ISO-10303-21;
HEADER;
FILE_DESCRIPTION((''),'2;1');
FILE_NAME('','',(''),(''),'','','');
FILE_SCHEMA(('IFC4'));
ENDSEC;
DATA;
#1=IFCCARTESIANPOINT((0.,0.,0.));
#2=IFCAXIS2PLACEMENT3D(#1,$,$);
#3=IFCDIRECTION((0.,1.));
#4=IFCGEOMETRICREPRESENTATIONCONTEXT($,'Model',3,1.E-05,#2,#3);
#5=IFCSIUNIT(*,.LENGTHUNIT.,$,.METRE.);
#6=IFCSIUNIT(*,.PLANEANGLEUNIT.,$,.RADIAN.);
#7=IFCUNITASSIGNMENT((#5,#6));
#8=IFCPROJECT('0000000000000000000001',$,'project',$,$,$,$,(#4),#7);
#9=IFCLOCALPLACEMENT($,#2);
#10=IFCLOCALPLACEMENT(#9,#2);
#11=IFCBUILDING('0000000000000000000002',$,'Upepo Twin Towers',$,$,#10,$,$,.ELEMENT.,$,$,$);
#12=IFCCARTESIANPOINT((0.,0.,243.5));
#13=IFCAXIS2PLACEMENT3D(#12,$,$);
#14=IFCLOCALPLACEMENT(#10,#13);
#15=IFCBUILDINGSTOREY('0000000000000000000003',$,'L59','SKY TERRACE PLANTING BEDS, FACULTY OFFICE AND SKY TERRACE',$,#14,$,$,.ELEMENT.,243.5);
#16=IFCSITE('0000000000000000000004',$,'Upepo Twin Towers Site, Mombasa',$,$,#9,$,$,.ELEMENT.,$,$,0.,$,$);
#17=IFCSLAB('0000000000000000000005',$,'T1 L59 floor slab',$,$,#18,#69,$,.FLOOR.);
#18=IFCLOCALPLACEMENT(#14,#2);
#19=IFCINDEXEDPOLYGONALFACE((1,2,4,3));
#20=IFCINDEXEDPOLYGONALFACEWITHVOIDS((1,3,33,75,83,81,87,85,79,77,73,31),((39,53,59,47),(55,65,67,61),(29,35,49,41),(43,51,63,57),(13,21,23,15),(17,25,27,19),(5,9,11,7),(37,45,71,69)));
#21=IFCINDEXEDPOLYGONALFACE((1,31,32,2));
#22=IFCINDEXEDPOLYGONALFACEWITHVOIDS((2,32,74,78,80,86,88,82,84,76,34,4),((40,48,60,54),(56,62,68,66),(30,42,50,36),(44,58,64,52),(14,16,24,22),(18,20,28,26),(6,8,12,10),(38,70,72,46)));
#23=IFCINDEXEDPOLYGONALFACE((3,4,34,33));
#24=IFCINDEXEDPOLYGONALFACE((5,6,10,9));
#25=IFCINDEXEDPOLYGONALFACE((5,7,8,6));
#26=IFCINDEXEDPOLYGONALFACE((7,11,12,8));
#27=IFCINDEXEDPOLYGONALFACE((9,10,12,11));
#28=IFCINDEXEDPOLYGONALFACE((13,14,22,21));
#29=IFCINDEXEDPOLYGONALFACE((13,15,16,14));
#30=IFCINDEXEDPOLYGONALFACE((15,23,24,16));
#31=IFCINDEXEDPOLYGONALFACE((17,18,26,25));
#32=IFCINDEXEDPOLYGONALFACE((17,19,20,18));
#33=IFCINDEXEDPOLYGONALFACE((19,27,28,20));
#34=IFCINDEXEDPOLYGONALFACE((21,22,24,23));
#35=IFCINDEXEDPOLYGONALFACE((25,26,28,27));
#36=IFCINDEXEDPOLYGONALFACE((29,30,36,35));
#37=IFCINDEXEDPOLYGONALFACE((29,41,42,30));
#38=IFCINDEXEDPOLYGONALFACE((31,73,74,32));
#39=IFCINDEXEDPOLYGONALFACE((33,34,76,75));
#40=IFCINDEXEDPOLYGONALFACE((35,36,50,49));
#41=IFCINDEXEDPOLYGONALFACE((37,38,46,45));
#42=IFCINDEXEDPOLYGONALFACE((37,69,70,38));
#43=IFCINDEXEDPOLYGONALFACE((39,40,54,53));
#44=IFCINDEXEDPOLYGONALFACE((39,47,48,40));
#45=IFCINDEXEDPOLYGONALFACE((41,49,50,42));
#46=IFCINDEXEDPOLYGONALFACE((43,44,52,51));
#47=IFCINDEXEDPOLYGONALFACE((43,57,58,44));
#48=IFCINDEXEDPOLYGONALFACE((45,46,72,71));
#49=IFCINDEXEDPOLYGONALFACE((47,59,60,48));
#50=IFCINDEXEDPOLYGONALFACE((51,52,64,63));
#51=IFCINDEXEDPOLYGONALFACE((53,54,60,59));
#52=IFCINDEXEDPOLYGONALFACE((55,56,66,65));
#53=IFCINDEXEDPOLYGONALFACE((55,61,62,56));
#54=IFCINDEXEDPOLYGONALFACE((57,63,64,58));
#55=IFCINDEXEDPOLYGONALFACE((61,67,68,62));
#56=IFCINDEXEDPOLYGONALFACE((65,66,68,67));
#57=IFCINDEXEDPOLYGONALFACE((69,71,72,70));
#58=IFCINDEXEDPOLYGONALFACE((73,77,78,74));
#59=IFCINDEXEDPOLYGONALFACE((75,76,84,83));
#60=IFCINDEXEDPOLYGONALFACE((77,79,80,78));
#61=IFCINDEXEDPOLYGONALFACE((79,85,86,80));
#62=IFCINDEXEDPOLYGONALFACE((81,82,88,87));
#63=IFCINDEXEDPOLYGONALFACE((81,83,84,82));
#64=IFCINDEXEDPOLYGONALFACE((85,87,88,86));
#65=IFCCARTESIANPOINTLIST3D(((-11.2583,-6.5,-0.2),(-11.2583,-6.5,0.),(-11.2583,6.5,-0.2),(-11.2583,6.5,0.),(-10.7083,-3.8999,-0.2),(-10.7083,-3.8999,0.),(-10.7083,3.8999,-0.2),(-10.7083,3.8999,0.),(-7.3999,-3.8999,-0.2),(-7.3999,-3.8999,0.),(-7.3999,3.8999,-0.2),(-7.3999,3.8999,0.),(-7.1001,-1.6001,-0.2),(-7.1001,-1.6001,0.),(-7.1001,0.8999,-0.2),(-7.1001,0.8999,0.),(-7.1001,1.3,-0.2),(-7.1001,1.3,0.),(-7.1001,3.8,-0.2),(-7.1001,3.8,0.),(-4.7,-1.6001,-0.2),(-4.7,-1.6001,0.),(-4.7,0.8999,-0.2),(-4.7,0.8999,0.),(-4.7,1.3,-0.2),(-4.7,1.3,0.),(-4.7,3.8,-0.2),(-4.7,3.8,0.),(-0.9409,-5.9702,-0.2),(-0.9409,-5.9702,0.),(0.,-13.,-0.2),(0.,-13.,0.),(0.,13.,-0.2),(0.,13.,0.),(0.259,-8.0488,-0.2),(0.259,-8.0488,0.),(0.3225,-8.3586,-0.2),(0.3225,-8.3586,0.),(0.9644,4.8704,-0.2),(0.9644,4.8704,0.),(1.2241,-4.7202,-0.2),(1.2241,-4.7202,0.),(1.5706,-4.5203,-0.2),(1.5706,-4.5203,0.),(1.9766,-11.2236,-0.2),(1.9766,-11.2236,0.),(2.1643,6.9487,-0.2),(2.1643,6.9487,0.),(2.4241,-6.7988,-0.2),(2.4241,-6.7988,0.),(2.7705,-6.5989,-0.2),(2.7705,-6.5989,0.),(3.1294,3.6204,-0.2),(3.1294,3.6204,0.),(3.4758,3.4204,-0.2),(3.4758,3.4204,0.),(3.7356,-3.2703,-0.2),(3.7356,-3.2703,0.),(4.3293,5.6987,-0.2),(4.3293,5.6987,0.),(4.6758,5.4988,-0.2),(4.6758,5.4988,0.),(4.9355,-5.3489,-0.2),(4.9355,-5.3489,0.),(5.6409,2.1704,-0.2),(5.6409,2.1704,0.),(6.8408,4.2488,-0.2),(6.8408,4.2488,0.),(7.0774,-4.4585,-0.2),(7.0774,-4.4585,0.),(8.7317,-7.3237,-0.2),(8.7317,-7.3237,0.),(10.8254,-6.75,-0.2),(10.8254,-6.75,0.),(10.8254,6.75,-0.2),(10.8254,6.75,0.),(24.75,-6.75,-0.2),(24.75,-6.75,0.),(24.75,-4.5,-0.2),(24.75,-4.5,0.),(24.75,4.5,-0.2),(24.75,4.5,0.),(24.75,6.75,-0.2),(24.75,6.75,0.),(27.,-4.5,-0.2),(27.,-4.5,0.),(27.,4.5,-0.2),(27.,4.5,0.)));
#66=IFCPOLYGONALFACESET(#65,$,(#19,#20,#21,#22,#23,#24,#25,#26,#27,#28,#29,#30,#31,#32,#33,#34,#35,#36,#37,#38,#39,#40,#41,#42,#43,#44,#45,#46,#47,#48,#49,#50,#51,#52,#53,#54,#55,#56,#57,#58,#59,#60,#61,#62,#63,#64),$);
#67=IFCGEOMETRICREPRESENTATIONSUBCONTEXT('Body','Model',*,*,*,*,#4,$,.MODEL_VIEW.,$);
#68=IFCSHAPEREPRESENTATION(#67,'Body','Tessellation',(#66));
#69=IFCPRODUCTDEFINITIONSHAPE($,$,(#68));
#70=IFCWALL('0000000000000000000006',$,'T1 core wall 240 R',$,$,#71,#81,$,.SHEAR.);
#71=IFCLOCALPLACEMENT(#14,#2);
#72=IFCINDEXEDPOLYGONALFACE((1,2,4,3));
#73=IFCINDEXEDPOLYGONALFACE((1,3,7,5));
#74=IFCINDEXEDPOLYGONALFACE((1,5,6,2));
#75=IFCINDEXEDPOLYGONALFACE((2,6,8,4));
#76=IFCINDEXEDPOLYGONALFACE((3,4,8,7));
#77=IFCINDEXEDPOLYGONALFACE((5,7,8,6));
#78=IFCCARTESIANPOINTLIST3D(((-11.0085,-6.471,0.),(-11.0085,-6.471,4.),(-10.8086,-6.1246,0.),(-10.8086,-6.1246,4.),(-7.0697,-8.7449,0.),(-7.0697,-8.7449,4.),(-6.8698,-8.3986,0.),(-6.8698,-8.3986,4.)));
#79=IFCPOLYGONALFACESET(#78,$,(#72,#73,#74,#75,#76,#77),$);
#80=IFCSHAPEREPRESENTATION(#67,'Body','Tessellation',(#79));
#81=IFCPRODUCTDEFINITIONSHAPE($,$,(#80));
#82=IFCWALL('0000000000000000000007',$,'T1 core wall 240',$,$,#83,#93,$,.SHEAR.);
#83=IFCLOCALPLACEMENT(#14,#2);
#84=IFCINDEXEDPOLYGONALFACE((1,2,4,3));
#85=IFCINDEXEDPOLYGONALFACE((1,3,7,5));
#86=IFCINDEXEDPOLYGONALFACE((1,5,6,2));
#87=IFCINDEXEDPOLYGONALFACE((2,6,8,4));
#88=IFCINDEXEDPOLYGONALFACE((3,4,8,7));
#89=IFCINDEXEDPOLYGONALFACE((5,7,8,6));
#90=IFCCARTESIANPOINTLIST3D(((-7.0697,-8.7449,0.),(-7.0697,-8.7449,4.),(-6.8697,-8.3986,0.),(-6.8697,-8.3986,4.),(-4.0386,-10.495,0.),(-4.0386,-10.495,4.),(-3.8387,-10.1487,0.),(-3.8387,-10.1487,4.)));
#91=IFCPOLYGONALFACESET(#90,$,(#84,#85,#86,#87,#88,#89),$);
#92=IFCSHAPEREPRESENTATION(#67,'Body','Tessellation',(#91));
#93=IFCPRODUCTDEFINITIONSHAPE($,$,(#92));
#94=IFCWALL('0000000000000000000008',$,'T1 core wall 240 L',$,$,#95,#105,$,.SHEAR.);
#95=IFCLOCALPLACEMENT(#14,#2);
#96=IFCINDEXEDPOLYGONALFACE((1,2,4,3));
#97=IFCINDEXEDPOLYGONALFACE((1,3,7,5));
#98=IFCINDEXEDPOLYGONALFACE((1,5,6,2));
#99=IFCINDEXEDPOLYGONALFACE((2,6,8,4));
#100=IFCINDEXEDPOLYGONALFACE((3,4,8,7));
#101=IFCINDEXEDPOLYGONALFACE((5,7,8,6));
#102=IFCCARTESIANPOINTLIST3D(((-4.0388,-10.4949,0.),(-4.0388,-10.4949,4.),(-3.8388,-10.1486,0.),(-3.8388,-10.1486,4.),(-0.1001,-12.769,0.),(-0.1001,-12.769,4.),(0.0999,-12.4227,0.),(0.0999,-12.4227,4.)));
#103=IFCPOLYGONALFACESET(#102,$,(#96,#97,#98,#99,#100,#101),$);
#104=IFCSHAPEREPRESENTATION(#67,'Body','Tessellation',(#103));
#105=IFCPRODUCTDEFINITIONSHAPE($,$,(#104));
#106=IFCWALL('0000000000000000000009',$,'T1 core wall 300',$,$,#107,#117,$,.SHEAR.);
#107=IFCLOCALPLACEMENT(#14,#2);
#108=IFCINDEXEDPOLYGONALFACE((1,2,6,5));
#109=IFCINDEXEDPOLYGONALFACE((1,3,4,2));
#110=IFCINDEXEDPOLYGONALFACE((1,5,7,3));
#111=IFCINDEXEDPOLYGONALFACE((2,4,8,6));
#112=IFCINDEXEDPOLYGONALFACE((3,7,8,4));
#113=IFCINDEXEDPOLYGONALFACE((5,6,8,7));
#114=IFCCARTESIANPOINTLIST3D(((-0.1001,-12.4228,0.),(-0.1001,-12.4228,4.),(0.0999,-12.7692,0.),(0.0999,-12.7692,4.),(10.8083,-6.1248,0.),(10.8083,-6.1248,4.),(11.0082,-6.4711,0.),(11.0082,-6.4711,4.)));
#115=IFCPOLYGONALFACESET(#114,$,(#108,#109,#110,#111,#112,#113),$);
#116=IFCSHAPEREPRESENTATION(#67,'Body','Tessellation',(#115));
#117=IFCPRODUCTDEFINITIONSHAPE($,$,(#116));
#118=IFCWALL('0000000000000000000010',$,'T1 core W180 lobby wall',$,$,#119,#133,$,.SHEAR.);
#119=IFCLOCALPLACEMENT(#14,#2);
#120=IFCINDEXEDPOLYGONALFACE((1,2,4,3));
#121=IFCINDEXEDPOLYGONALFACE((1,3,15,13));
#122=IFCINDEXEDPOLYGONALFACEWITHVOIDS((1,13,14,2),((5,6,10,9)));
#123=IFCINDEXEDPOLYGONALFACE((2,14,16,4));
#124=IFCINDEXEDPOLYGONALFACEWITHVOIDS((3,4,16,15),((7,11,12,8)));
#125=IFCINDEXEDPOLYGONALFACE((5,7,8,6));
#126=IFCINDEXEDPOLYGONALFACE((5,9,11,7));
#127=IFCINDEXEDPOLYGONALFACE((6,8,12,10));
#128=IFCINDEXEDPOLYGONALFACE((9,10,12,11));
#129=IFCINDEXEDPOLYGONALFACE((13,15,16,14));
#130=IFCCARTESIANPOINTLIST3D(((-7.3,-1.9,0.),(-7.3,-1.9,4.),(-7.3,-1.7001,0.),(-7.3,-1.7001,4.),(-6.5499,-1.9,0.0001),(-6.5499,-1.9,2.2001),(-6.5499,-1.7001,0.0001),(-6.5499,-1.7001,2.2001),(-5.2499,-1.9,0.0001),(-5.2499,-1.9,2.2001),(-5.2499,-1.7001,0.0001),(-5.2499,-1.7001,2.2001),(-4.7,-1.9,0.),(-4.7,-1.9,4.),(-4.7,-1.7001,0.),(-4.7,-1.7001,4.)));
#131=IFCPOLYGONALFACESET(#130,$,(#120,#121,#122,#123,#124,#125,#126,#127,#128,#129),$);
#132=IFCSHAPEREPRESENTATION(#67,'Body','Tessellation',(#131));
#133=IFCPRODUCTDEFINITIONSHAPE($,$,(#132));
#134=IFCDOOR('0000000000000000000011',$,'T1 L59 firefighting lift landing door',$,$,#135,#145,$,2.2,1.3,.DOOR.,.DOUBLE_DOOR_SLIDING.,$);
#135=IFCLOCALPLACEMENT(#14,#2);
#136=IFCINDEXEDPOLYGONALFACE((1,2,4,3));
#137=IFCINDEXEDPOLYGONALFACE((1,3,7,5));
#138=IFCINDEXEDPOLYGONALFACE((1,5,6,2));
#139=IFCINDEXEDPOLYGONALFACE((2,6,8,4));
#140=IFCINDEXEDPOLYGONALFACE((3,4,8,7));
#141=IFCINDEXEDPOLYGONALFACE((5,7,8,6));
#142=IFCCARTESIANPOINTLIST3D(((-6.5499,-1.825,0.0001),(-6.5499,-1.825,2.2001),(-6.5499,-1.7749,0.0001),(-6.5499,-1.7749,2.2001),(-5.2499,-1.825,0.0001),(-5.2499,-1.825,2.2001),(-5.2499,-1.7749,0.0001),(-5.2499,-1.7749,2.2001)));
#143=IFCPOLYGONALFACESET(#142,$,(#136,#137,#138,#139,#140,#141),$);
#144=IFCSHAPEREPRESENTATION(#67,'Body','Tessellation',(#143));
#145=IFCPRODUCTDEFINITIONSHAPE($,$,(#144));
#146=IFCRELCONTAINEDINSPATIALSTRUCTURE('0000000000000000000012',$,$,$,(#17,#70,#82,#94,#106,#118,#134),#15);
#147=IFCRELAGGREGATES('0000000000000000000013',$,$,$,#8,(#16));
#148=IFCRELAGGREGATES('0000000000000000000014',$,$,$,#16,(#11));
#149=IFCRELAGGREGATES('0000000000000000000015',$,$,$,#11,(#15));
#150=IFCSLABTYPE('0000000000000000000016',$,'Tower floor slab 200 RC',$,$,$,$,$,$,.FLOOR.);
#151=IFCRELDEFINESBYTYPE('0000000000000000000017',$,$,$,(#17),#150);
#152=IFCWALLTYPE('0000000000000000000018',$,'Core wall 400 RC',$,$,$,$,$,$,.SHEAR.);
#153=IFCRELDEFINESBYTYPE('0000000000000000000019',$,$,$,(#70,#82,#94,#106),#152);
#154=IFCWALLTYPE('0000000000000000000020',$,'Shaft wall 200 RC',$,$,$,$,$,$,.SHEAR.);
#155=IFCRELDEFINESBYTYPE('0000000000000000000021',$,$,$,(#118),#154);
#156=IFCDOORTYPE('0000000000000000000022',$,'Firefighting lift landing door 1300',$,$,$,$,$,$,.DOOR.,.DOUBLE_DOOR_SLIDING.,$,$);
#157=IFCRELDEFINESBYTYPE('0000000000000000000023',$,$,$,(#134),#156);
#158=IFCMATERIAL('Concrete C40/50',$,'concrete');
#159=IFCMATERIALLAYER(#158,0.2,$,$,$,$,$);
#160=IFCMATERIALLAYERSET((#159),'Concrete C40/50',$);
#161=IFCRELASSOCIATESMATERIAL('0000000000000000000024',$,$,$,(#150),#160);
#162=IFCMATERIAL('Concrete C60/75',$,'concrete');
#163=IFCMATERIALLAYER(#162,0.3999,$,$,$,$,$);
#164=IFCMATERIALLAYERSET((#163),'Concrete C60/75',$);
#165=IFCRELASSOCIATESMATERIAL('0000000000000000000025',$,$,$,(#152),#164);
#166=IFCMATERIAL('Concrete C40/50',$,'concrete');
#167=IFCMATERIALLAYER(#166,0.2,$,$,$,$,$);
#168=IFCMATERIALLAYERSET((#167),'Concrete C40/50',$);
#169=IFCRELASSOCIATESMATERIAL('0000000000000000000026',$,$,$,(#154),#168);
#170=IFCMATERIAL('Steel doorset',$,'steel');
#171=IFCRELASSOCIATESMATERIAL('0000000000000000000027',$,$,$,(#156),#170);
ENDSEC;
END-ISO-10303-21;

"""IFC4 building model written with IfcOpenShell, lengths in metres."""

from ifc_helpers import new_model, si_unit, direction, frame, frame_2d, origin, place, context, subcontext, project, spatial, polyline, rectangle, outline, extrude, material, layer, layer_set, type_object, element, fill, save


model = new_model("IFC4")

# Units and contexts
model_context = context("Model", 3, precision=1e-05, world=origin(), true_north=direction((0.0, 1.0)))
body_context = subcontext(model_context, "Body", "Model", "MODEL_VIEW")
ifc_project = project(units=[si_unit("LENGTHUNIT", "METRE"), si_unit("PLANEANGLEUNIT", "RADIAN")], contexts=[model_context])

# Site, building, storey
site_placement = place(None, origin())
site = spatial("IfcSite", under=ifc_project, at=site_placement, Name="Upepo Twin Towers Site, Mombasa", CompositionType="ELEMENT", RefElevation=0.0)
building_placement = place(site_placement, origin())
building = spatial("IfcBuilding", under=site, at=building_placement, Name="Upepo Twin Towers", CompositionType="ELEMENT")
storey_placement = place(building_placement, frame((0.0, 0.0, 243.5)))
storey = spatial("IfcBuildingStorey", under=building, at=storey_placement, Name="L59", Description="SKY TERRACE PLANTING BEDS, FACULTY OFFICE AND SKY TERRACE", CompositionType="ELEMENT", Elevation=243.5)

# Slab
ifc_material_1 = material(Name="Concrete C40/50", Category="concrete")
ifc_layer_1 = layer(ifc_material_1, 0.2)
ifc_layer_set_1 = layer_set([ifc_layer_1], Name="Concrete C40/50")
slab_type = type_object("IfcSlabType", Name="Tower floor slab 200 RC", PredefinedType="FLOOR", material=ifc_layer_set_1)
slab_placement = place(storey_placement, frame((0.0, 0.0, -0.2)))
element("IfcSlab", 1, at=slab_placement, inside=storey, type_object=slab_type, Name="T1 L59 floor slab", PredefinedType="FLOOR", context=body_context, shape_type="SweptSolid", body=[
    extrude(outline(polyline([(0.0, -13.0), (-11.2583, -6.5), (-11.2583, 6.5), (0.0, 13.0), (10.8254, 6.75), (24.75, 6.75), (24.75, 4.5), (27.0, 4.5), (27.0, -4.5), (24.75, -4.5), (24.75, -6.75), (10.8254, -6.75), (0.0, -13.0)]), holes=[polyline([(5.6409, 2.1704), (6.8408, 4.2488), (4.6758, 5.4988), (3.4758, 3.4204), (5.6409, 2.1704)]), polyline([(3.1294, 3.6204), (4.3293, 5.6987), (2.1643, 6.9487), (0.9644, 4.8704), (3.1294, 3.6204)]), polyline([(-4.7, 3.8), (-7.1001, 3.8), (-7.1001, 1.3), (-4.7, 1.3), (-4.7, 3.8)]), polyline([(-4.7, 0.8999), (-7.1001, 0.8999), (-7.1001, -1.6001), (-4.7, -1.6001), (-4.7, 0.8999)]), polyline([(-7.3999, 3.8999), (-10.7083, 3.8999), (-10.7083, -3.8999), (-7.3999, -3.8999), (-7.3999, 3.8999)]), polyline([(-0.9409, -5.9702), (0.259, -8.0488), (2.4241, -6.7988), (1.2241, -4.7202), (-0.9409, -5.9702)]), polyline([(1.5706, -4.5203), (2.7705, -6.5989), (4.9355, -5.3489), (3.7356, -3.2703), (1.5706, -4.5203)]), polyline([(0.3225, -8.3586), (1.9766, -11.2236), (8.7317, -7.3237), (7.0774, -4.4585), (0.3225, -8.3586)])]), origin(), (0.0, 0.0, 1.0), 0.2),
])

# Walls
ifc_material_2 = material(Name="Concrete C60/75", Category="concrete")
ifc_layer_2 = layer(ifc_material_2, 0.3999)
ifc_layer_set_2 = layer_set([ifc_layer_2], Name="Concrete C60/75")
wall_type_1 = type_object("IfcWallType", Name="Core wall 400 RC", PredefinedType="SHEAR", material=ifc_layer_set_2)
wall_1_placement = place(storey_placement, frame((-10.9084, -6.2979, 0.0), z_axis=(0.0, 0.0, 1.0), x_axis=(0.866035, -0.499984, 0.0)))
element("IfcWall", 2, at=wall_1_placement, inside=storey, type_object=wall_type_1, Name="T1 core wall 240 R", PredefinedType="SHEAR", context=body_context, shape_type="SweptSolid", body=[
    extrude(rectangle(XDim=4.5481, YDim=0.3999, at=frame_2d((2.2739, 0.0))), origin(), (0.0, 0.0, 1.0), 4.0),
])
wall_2_placement = place(storey_placement, frame((-6.9697, -8.5718, 0.0), z_axis=(0.0, 0.0, 1.0), x_axis=(0.866019, -0.50001, 0.0)))
element("IfcWall", 3, at=wall_2_placement, inside=storey, type_object=wall_type_1, Name="T1 core wall 240", PredefinedType="SHEAR", context=body_context, shape_type="SweptSolid", body=[
    extrude(rectangle(XDim=3.5, YDim=0.3999, at=frame_2d((1.75, 0.0))), origin(), (0.0, 0.0, 1.0), 4.0),
])
wall_3_placement = place(storey_placement, frame((-3.9387, -10.3218, 0.0), z_axis=(0.0, 0.0, 1.0), x_axis=(0.866011, -0.500024, 0.0)))
element("IfcWall", 4, at=wall_3_placement, inside=storey, type_object=wall_type_1, Name="T1 core wall 240 L", PredefinedType="SHEAR", context=body_context, shape_type="SweptSolid", body=[
    extrude(rectangle(XDim=4.5481, YDim=0.3999, at=frame_2d((2.2739, 0.0))), origin(), (0.0, 0.0, 1.0), 4.0),
])
wall_4_placement = place(storey_placement, frame((0.0, -12.5959, 0.0), z_axis=(0.0, 0.0, 1.0), x_axis=(0.866022, 0.500006, 0.0)))
element("IfcWall", 5, at=wall_4_placement, inside=storey, type_object=wall_type_1, Name="T1 core wall 300", PredefinedType="SHEAR", context=body_context, shape_type="SweptSolid", body=[
    extrude(rectangle(XDim=12.5959, YDim=0.3999, at=frame_2d((6.2979, 0.0))), origin(), (0.0, 0.0, 1.0), 4.0),
])

# Wall, opening, door
ifc_material_3 = material(Name="Concrete C40/50", Category="concrete")
ifc_layer_3 = layer(ifc_material_3, 0.2)
ifc_layer_set_3 = layer_set([ifc_layer_3], Name="Concrete C40/50")
wall_type_2 = type_object("IfcWallType", Name="Shaft wall 200 RC", PredefinedType="SHEAR", material=ifc_layer_set_3)
wall_5_placement = place(storey_placement, frame((-4.7, -1.8, 0.0), z_axis=(0.0, 0.0, 1.0), x_axis=(-1.0, 0.0, 0.0)))
wall_5 = element("IfcWall", 6, at=wall_5_placement, inside=storey, type_object=wall_type_2, Name="T1 core W180 lobby wall", PredefinedType="SHEAR", context=body_context, shape_type="SweptSolid", body=[
    extrude(rectangle(XDim=2.6001, YDim=0.2, at=frame_2d((1.3, 0.0))), origin(), (0.0, 0.0, 1.0), 4.0),
])
opening_1_placement = place(wall_5_placement, frame((0.55, 0.0, 0.0)))
opening_1 = element("IfcOpeningElement", 7, at=opening_1_placement, cuts=wall_5, PredefinedType="OPENING", context=body_context, shape_type="SweptSolid", body=[
    extrude(rectangle(XDim=1.3, YDim=2.2, at=frame_2d((0.6499, 1.1001))), frame((0.0, 0.1099, 0.0), z_axis=(0.0, -1.0, 0.0), x_axis=(1.0, 0.0, 0.0)), (0.0, 0.0, 1.0), 0.22),
])
ifc_material_4 = material(Name="Steel doorset", Category="steel")
door_type_1 = type_object("IfcDoorType", Name="Firefighting lift landing door 1300", OperationType="DOUBLE_DOOR_SLIDING", PredefinedType="DOOR", material=ifc_material_4)
door_1_placement = place(opening_1_placement, origin())
door_1 = element("IfcDoor", 8, at=door_1_placement, inside=storey, type_object=door_type_1, Name="T1 L59 firefighting lift landing door", OperationType="DOUBLE_DOOR_SLIDING", OverallHeight=2.2, OverallWidth=1.3, PredefinedType="DOOR", context=body_context, shape_type="SweptSolid", body=[
    extrude(rectangle(XDim=1.3, YDim=2.2, at=frame_2d((0.6499, 1.1001))), frame((0.0, 0.0249, 0.0), z_axis=(0.0, -1.0, 0.0), x_axis=(1.0, 0.0, 0.0)), (0.0, 0.0, 1.0), 0.05),
])
fill(opening_1, door_1)

save(model, "model.ifc")
